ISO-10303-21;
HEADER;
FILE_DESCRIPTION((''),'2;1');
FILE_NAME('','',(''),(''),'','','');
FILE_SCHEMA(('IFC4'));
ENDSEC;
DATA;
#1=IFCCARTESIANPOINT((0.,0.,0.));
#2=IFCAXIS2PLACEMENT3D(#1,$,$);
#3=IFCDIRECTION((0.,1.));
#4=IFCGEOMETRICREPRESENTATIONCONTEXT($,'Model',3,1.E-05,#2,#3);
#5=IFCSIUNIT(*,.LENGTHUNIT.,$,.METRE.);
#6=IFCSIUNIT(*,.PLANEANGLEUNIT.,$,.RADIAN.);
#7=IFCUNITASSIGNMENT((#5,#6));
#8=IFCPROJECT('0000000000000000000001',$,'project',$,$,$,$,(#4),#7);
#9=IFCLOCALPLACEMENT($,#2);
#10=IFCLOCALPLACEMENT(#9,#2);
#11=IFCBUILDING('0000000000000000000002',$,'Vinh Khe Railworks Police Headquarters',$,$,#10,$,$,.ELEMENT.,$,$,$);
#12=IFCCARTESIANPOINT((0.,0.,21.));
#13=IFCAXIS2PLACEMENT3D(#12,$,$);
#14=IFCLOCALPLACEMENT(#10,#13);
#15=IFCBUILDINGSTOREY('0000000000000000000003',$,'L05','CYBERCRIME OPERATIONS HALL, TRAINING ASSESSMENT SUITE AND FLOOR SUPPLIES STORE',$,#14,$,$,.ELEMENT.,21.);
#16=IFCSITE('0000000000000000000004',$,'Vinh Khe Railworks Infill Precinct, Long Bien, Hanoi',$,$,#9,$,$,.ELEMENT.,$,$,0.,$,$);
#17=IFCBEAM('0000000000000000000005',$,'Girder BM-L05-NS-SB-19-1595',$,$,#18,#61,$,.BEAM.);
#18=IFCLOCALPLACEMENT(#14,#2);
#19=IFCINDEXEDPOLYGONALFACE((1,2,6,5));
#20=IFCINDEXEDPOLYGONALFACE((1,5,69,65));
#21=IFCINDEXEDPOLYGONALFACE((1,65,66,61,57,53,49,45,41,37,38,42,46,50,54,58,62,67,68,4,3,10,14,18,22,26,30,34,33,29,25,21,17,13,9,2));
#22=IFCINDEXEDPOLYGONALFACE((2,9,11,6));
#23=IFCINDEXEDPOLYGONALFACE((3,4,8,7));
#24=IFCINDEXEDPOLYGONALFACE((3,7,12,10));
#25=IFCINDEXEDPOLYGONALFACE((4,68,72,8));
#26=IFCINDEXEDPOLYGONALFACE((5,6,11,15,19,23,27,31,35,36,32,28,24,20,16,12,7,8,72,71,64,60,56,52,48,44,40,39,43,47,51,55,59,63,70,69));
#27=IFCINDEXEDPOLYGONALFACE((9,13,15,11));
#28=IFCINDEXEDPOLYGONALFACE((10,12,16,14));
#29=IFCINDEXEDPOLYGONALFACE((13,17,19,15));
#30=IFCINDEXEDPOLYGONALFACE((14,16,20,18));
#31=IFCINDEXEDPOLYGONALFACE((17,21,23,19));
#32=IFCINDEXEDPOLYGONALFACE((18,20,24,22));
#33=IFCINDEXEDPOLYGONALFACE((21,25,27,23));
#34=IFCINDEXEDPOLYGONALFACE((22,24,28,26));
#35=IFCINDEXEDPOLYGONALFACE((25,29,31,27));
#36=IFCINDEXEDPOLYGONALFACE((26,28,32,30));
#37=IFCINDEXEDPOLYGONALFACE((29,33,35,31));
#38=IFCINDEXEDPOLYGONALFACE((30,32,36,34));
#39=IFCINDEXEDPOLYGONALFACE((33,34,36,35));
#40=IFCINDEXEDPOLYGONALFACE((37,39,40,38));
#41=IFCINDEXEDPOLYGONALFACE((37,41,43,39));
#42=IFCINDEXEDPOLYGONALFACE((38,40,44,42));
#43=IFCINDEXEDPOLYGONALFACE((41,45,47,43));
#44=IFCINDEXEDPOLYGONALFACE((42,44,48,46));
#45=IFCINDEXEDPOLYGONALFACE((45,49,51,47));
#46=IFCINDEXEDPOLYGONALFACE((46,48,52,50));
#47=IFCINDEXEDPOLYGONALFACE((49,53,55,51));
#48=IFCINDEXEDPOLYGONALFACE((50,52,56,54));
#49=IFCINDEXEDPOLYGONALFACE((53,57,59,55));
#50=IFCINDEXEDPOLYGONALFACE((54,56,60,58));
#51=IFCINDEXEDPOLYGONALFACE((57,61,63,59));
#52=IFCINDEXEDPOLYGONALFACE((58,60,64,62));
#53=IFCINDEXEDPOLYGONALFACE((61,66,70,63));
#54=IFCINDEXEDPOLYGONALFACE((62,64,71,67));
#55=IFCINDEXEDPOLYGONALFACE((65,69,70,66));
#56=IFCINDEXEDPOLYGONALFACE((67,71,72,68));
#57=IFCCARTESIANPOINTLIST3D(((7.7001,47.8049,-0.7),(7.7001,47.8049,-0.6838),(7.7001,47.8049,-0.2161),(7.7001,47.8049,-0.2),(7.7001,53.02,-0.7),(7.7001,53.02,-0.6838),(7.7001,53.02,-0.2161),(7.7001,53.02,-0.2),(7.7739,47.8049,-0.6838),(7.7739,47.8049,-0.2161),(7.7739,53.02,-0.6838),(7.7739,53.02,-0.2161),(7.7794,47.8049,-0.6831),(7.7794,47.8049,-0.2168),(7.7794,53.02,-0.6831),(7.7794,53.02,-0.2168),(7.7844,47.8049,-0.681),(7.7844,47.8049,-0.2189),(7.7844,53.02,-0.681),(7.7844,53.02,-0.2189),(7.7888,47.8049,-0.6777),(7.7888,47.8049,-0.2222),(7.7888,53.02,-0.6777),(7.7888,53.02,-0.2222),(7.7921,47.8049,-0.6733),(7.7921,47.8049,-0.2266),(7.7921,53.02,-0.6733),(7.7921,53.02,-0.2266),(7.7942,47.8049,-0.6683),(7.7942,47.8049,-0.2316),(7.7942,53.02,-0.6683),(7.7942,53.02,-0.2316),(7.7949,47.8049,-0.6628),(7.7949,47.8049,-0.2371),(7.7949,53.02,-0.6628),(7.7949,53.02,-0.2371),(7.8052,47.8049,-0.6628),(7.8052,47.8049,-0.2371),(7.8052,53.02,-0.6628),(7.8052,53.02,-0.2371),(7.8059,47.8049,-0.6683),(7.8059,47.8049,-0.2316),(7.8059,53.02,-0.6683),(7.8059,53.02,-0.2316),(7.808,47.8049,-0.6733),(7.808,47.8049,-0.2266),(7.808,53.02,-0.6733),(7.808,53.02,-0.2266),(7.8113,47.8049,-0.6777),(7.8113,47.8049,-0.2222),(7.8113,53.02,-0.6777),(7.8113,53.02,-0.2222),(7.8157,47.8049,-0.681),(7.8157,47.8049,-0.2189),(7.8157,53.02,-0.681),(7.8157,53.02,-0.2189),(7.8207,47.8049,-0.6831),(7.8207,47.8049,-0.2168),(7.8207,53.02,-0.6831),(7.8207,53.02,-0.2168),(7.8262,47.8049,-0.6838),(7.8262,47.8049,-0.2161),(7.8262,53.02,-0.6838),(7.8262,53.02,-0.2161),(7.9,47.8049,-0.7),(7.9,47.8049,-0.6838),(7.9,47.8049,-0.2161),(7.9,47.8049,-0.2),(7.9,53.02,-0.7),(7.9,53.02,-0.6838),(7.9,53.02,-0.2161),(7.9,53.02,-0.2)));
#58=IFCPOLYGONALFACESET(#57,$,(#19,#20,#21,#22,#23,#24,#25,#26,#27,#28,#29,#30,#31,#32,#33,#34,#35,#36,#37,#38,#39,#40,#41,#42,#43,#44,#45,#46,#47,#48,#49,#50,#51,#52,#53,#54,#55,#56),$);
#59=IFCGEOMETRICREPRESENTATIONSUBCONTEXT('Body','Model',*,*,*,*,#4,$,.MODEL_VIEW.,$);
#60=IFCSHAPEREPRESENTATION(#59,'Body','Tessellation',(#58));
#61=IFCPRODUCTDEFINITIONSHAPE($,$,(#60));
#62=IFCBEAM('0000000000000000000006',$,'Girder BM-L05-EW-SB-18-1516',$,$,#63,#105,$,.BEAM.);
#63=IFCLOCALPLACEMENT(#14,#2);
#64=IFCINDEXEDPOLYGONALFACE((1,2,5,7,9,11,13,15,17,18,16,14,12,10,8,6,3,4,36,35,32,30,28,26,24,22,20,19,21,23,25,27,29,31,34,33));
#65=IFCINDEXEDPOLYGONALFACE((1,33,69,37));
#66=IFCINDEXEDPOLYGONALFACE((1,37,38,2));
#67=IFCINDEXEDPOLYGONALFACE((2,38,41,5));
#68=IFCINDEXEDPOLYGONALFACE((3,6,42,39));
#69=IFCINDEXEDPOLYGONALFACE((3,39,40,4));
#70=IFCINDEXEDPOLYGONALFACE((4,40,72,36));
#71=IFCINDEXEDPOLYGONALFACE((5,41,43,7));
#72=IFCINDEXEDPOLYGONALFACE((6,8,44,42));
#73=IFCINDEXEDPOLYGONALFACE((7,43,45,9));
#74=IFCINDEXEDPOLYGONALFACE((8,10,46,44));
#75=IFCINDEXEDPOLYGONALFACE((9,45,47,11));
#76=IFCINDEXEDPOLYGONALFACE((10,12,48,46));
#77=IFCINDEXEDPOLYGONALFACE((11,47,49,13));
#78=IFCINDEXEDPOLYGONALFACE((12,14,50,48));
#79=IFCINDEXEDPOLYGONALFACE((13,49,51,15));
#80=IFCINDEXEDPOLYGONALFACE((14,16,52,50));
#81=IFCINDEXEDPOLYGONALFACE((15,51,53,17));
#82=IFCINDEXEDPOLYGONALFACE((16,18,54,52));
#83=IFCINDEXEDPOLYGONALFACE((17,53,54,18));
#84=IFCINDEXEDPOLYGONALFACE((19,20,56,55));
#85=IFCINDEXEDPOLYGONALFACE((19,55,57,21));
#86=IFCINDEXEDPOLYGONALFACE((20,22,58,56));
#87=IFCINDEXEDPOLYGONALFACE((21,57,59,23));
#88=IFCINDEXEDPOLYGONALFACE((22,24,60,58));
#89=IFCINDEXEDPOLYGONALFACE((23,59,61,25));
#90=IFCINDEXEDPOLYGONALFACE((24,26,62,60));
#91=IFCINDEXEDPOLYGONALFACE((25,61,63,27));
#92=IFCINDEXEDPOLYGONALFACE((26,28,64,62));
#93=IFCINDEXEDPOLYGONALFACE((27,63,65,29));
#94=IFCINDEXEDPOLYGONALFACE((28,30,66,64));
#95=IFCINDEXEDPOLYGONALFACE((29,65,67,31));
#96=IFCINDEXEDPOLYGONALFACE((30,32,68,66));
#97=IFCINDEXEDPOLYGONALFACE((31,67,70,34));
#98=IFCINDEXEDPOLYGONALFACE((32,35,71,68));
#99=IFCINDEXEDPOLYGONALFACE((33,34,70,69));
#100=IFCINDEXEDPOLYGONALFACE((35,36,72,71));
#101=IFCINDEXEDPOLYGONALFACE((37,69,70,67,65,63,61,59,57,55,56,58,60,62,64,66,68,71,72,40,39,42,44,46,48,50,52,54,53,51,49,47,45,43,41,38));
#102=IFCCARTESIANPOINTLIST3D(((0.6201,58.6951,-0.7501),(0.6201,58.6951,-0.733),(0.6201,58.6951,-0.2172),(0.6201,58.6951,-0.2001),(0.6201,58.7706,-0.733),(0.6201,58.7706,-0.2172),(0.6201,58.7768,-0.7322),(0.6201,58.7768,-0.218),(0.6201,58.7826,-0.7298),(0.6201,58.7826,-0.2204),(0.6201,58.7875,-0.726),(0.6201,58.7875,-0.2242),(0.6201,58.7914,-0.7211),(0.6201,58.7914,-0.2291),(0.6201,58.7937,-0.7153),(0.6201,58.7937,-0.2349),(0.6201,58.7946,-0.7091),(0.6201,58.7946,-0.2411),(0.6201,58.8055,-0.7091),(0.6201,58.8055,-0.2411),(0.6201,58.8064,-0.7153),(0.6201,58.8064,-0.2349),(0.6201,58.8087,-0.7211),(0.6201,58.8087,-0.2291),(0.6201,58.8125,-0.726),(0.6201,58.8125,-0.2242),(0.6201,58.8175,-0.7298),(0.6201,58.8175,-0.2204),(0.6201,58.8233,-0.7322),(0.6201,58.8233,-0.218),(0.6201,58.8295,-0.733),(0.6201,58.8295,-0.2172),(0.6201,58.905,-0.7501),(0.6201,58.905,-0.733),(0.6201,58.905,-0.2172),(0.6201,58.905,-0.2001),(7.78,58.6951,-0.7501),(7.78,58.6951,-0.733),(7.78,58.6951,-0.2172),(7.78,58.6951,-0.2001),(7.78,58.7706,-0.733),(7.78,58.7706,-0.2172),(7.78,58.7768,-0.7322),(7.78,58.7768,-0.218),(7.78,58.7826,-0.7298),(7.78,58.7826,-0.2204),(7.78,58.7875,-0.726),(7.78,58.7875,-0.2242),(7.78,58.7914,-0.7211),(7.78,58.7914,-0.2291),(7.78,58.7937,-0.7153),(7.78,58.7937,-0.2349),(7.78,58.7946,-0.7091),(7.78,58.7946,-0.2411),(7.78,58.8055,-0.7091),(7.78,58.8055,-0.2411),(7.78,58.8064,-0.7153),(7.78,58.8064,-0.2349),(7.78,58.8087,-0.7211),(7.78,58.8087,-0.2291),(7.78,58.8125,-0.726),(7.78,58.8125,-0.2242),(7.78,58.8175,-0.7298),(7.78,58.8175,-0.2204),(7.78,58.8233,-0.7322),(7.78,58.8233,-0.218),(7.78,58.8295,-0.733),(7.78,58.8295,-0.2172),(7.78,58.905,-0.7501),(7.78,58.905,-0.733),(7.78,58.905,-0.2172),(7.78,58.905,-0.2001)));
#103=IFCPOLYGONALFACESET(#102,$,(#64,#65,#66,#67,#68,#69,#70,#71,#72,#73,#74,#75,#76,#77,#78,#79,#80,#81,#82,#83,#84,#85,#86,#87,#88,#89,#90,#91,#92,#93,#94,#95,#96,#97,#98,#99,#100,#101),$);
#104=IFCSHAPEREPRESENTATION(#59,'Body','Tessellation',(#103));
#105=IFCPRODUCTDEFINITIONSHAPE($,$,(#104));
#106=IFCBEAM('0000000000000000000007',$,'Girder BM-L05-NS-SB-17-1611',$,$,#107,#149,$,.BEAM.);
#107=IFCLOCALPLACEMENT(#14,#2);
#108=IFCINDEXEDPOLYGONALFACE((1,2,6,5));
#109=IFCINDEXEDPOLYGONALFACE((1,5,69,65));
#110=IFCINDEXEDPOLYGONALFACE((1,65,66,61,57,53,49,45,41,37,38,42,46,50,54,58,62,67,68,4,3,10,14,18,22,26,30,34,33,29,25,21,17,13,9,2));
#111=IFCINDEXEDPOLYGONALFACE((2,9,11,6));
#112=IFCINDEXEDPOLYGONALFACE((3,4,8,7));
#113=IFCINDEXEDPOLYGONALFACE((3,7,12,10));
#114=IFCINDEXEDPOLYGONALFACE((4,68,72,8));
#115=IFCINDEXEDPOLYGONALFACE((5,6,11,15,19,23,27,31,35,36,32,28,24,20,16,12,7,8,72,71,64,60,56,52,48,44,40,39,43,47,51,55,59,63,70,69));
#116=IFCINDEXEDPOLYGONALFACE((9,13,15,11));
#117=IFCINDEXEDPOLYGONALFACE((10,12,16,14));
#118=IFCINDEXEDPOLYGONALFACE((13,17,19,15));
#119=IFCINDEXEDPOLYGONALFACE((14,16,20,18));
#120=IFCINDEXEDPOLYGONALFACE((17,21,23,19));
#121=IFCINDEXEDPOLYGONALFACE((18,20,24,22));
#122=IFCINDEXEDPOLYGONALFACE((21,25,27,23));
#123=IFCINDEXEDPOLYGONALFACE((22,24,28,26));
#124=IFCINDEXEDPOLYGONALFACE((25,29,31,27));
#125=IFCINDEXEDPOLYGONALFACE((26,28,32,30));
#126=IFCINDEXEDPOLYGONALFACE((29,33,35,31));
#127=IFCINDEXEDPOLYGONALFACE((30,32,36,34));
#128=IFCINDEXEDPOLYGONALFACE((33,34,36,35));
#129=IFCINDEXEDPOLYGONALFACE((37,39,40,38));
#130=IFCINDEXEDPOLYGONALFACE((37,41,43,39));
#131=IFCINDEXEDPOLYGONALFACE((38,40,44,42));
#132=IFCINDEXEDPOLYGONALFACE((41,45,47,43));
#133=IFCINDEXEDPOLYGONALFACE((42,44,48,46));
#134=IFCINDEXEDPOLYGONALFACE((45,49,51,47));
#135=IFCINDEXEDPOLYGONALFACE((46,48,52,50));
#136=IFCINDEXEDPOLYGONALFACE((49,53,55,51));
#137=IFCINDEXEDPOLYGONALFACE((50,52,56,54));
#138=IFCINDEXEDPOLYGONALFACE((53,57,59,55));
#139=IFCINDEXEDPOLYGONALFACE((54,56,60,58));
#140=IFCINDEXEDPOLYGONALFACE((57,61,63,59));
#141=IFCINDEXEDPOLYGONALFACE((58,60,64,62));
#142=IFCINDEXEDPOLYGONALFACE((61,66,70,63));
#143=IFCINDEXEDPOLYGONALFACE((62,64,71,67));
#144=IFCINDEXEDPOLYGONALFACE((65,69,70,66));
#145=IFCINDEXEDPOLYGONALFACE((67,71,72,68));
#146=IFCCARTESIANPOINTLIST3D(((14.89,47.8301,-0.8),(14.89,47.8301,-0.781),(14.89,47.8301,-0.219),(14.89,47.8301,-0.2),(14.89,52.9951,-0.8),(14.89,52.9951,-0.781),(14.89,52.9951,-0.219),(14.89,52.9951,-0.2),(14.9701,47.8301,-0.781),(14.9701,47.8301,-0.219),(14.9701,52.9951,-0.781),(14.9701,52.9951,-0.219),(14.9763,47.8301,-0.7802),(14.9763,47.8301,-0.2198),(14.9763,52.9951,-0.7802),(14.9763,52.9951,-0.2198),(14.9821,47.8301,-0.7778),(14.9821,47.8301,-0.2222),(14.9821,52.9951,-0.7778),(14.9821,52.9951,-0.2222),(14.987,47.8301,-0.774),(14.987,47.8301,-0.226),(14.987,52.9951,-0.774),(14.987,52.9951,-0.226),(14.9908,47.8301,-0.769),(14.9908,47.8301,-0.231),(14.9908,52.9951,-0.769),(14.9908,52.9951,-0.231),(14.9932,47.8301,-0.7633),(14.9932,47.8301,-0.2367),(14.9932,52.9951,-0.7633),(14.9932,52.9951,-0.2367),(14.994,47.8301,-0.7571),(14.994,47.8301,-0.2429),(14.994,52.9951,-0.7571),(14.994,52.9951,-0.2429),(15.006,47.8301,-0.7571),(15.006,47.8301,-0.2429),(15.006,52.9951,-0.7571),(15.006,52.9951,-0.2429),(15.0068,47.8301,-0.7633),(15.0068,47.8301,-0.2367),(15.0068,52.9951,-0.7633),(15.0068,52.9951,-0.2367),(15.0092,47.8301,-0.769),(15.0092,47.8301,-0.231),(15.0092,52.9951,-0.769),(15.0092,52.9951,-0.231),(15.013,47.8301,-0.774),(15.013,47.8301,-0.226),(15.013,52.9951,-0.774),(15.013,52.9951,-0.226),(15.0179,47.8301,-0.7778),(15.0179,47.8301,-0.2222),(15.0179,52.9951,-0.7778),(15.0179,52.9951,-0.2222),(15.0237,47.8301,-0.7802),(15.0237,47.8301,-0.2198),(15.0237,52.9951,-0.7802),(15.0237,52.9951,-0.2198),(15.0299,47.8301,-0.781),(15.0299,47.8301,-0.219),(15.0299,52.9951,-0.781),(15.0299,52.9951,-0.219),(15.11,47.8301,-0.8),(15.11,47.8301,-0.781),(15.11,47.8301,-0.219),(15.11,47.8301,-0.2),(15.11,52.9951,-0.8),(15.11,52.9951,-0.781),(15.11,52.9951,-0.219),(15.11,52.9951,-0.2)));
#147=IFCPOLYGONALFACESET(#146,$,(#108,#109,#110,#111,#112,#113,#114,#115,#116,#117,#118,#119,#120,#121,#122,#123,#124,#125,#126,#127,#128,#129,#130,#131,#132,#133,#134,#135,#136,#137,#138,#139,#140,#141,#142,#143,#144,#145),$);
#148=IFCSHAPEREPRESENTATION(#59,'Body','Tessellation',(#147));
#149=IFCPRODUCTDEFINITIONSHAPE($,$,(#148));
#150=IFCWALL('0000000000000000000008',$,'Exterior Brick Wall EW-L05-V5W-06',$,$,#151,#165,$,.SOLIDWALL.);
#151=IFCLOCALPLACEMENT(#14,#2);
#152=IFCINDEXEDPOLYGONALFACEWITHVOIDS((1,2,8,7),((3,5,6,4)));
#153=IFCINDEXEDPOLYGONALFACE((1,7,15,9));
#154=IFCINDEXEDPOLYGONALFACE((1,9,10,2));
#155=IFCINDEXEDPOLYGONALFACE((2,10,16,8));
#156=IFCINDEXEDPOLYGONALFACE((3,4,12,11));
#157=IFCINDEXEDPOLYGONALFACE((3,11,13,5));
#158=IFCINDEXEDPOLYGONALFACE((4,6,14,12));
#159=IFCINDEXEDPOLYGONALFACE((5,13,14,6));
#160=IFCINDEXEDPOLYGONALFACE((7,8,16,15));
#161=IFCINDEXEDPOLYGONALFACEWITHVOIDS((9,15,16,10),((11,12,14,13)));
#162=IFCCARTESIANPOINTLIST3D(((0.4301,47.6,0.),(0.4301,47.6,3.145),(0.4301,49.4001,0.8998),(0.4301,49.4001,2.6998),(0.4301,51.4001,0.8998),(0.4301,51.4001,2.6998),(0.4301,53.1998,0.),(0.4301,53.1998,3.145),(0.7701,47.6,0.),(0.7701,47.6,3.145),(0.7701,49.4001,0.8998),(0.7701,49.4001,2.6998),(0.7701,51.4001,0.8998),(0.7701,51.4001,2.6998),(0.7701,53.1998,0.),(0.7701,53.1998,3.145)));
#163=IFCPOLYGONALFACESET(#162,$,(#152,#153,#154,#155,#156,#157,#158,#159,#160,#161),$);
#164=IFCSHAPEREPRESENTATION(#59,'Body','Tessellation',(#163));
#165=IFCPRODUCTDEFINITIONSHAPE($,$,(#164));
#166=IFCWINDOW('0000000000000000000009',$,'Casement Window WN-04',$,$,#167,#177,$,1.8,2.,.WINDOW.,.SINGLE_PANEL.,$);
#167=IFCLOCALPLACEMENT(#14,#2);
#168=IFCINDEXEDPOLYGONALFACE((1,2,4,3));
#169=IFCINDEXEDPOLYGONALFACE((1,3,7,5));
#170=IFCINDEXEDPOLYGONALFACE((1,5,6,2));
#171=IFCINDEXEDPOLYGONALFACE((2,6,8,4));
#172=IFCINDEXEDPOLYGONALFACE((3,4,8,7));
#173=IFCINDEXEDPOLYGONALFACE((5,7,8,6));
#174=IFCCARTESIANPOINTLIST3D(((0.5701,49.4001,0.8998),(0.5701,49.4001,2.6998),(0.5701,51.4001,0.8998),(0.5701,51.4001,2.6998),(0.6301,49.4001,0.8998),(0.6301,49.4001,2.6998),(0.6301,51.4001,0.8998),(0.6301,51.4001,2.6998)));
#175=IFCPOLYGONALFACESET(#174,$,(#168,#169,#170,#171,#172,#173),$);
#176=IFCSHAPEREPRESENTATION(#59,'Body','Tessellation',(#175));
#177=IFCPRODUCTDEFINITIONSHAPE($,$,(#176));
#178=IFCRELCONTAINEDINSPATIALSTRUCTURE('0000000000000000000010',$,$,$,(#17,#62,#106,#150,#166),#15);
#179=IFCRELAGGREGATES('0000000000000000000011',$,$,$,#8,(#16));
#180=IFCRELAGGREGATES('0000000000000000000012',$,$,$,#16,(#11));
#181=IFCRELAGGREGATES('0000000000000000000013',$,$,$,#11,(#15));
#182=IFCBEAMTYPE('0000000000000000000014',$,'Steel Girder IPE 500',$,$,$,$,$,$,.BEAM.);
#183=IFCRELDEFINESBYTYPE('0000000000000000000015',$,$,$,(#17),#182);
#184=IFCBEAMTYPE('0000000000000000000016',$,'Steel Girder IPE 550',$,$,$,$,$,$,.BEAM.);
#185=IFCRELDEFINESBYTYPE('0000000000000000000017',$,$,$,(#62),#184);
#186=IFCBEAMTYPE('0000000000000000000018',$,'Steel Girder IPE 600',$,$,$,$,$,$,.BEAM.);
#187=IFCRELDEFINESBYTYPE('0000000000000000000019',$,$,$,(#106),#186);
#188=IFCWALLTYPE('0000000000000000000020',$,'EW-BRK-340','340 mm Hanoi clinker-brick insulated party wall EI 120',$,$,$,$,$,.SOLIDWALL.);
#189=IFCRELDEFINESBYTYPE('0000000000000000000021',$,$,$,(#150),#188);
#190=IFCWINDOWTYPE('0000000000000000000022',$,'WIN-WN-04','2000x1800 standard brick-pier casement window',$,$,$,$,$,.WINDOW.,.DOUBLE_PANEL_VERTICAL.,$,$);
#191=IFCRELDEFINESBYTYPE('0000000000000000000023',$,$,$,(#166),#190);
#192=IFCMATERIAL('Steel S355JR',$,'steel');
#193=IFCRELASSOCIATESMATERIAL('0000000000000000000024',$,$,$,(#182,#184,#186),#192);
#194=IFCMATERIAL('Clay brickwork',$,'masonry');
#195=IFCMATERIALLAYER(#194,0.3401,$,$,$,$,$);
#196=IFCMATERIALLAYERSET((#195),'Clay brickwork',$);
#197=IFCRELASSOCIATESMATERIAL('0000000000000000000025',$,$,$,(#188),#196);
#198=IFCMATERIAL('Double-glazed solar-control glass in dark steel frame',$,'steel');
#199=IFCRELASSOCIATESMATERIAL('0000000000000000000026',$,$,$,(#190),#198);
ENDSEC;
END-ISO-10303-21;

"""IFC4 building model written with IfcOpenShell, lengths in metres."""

from ifc_helpers import new_model, si_unit, direction, frame, frame_2d, origin, origin_2d, place, context, subcontext, project, spatial, rectangle, i_section, extrude, material, layer, layer_set, material_profile, profile_set, type_object, element, fill, save


model = new_model("IFC4")

# Units and contexts
model_context = context("Model", 3, precision=1e-05, world=origin(), true_north=direction((0.0, 1.0)))
body_context = subcontext(model_context, "Body", "Model", "MODEL_VIEW")
ifc_project = project(units=[si_unit("LENGTHUNIT", "METRE"), si_unit("PLANEANGLEUNIT", "RADIAN")], contexts=[model_context])

# Site, building, storey
site_placement = place(None, origin())
site = spatial("IfcSite", under=ifc_project, at=site_placement, Name="Vinh Khe Railworks Infill Precinct, Long Bien, Hanoi", CompositionType="ELEMENT", RefElevation=0.0)
building_placement = place(site_placement, origin())
building = spatial("IfcBuilding", under=site, at=building_placement, Name="Vinh Khe Railworks Police Headquarters", CompositionType="ELEMENT")
storey_placement = place(building_placement, frame((0.0, 0.0, 21.0)))
storey = spatial("IfcBuildingStorey", under=building, at=storey_placement, Name="L05", Description="CYBERCRIME OPERATIONS HALL, TRAINING ASSESSMENT SUITE AND FLOOR SUPPLIES STORE", CompositionType="ELEMENT", Elevation=21.0)

# Shared definitions
ifc_material_1 = material(Name="Steel S355JR", Category="steel")

# Beams
ifc_material_profile_1 = material_profile(ifc_material_1, i_section(OverallWidth=0.2, OverallDepth=0.5, WebThickness=0.0103, FlangeThickness=0.0161, FilletRadius=0.021, at=origin_2d()), Name="IPE 500")
ifc_profile_set_1 = profile_set([ifc_material_profile_1], Name="Steel S355JR")
beam_type_1 = type_object("IfcBeamType", Name="Steel Girder IPE 500", PredefinedType="BEAM", material=ifc_profile_set_1)
beam_1_placement = place(storey_placement, frame((7.8, 47.8049, -0.45), z_axis=(0.0, 1.0, 0.0), x_axis=(-1.0, 0.0, 0.0)))
element("IfcBeam", 1, at=beam_1_placement, inside=storey, type_object=beam_type_1, Name="Girder BM-L05-NS-SB-19-1595", PredefinedType="BEAM", context=body_context, shape_type="SweptSolid", body=[
    extrude(i_section(OverallWidth=0.2, OverallDepth=0.5, WebThickness=0.0103, FlangeThickness=0.0161, FilletRadius=0.021, at=origin_2d()), origin(), (0.0, 0.0, 1.0), 5.2151),
])
ifc_material_profile_2 = material_profile(ifc_material_1, i_section(OverallWidth=0.21, OverallDepth=0.55, WebThickness=0.011, FlangeThickness=0.0171, FilletRadius=0.0239, at=origin_2d()), Name="IPE 550")
ifc_profile_set_2 = profile_set([ifc_material_profile_2], Name="Steel S355JR")
beam_type_2 = type_object("IfcBeamType", Name="Steel Girder IPE 550", PredefinedType="BEAM", material=ifc_profile_set_2)
beam_2_placement = place(storey_placement, frame((0.6201, 58.8, -0.4751), z_axis=(1.0, 0.0, 0.0), x_axis=(0.0, 1.0, 0.0)))
element("IfcBeam", 2, at=beam_2_placement, inside=storey, type_object=beam_type_2, Name="Girder BM-L05-EW-SB-18-1516", PredefinedType="BEAM", context=body_context, shape_type="SweptSolid", body=[
    extrude(i_section(OverallWidth=0.21, OverallDepth=0.55, WebThickness=0.011, FlangeThickness=0.0171, FilletRadius=0.0239, at=origin_2d()), origin(), (0.0, 0.0, 1.0), 7.1599),
])
ifc_material_profile_3 = material_profile(ifc_material_1, i_section(OverallWidth=0.22, OverallDepth=0.6001, WebThickness=0.012, FlangeThickness=0.019, FilletRadius=0.0239, at=origin_2d()), Name="IPE 600")
ifc_profile_set_3 = profile_set([ifc_material_profile_3], Name="Steel S355JR")
beam_type_3 = type_object("IfcBeamType", Name="Steel Girder IPE 600", PredefinedType="BEAM", material=ifc_profile_set_3)
beam_3_placement = place(storey_placement, frame((15.0, 47.8301, -0.5), z_axis=(0.0, 1.0, 0.0), x_axis=(-1.0, 0.0, 0.0)))
element("IfcBeam", 3, at=beam_3_placement, inside=storey, type_object=beam_type_3, Name="Girder BM-L05-NS-SB-17-1611", PredefinedType="BEAM", context=body_context, shape_type="SweptSolid", body=[
    extrude(i_section(OverallWidth=0.22, OverallDepth=0.6001, WebThickness=0.012, FlangeThickness=0.019, FilletRadius=0.0239, at=origin_2d()), origin(), (0.0, 0.0, 1.0), 5.165),
])

# Wall, opening, window
ifc_material_2 = material(Name="Clay brickwork", Category="masonry")
ifc_layer = layer(ifc_material_2, 0.3401)
ifc_layer_set = layer_set([ifc_layer], Name="Clay brickwork")
wall_type = type_object("IfcWallType", Name="EW-BRK-340", Description="340 mm Hanoi clinker-brick insulated party wall EI 120", PredefinedType="SOLIDWALL", material=ifc_layer_set)
wall_1_placement = place(storey_placement, frame((0.6001, 47.6001, 0.0), z_axis=(0.0, 0.0, 1.0), x_axis=(0.0, 1.0, 0.0)))
wall_1 = element("IfcWall", 4, at=wall_1_placement, inside=storey, type_object=wall_type, Name="Exterior Brick Wall EW-L05-V5W-06", PredefinedType="SOLIDWALL", context=body_context, shape_type="SweptSolid", body=[
    extrude(rectangle(XDim=5.5999, YDim=0.3401, at=frame_2d((2.7998, 0.0))), origin(), (0.0, 0.0, 1.0), 3.145),
])
opening_1_placement = place(wall_1_placement, frame((1.8, 0.0, 0.8999)))
opening_1 = element("IfcOpeningElement", 5, at=opening_1_placement, cuts=wall_1, PredefinedType="OPENING", context=body_context, shape_type="SweptSolid", body=[
    extrude(rectangle(XDim=2.0, YDim=1.8, at=frame_2d((1.0, 0.8999))), frame((0.0, 0.1851, 0.0), z_axis=(0.0, -1.0, 0.0), x_axis=(1.0, 0.0, 0.0)), (0.0, 0.0, 1.0), 0.3699),
])
ifc_material_3 = material(Name="Double-glazed solar-control glass in dark steel frame", Category="steel")
window_type = type_object("IfcWindowType", Name="WIN-WN-04", Description="2000x1800 standard brick-pier casement window", PartitioningType="DOUBLE_PANEL_VERTICAL", PredefinedType="WINDOW", material=ifc_material_3)
window_1_placement = place(opening_1_placement, origin())
window_1 = element("IfcWindow", 6, at=window_1_placement, inside=storey, type_object=window_type, Name="Casement Window WN-04", OverallHeight=1.8, OverallWidth=2.0, PartitioningType="SINGLE_PANEL", PredefinedType="WINDOW", context=body_context, shape_type="SweptSolid", body=[
    extrude(rectangle(XDim=2.0, YDim=1.8, at=frame_2d((1.0, 0.8999))), frame((0.0, 0.03, 0.0), z_axis=(0.0, -1.0, 0.0), x_axis=(1.0, 0.0, 0.0)), (0.0, 0.0, 1.0), 0.0601),
])
fill(opening_1, window_1)

save(model, "model.ifc")
